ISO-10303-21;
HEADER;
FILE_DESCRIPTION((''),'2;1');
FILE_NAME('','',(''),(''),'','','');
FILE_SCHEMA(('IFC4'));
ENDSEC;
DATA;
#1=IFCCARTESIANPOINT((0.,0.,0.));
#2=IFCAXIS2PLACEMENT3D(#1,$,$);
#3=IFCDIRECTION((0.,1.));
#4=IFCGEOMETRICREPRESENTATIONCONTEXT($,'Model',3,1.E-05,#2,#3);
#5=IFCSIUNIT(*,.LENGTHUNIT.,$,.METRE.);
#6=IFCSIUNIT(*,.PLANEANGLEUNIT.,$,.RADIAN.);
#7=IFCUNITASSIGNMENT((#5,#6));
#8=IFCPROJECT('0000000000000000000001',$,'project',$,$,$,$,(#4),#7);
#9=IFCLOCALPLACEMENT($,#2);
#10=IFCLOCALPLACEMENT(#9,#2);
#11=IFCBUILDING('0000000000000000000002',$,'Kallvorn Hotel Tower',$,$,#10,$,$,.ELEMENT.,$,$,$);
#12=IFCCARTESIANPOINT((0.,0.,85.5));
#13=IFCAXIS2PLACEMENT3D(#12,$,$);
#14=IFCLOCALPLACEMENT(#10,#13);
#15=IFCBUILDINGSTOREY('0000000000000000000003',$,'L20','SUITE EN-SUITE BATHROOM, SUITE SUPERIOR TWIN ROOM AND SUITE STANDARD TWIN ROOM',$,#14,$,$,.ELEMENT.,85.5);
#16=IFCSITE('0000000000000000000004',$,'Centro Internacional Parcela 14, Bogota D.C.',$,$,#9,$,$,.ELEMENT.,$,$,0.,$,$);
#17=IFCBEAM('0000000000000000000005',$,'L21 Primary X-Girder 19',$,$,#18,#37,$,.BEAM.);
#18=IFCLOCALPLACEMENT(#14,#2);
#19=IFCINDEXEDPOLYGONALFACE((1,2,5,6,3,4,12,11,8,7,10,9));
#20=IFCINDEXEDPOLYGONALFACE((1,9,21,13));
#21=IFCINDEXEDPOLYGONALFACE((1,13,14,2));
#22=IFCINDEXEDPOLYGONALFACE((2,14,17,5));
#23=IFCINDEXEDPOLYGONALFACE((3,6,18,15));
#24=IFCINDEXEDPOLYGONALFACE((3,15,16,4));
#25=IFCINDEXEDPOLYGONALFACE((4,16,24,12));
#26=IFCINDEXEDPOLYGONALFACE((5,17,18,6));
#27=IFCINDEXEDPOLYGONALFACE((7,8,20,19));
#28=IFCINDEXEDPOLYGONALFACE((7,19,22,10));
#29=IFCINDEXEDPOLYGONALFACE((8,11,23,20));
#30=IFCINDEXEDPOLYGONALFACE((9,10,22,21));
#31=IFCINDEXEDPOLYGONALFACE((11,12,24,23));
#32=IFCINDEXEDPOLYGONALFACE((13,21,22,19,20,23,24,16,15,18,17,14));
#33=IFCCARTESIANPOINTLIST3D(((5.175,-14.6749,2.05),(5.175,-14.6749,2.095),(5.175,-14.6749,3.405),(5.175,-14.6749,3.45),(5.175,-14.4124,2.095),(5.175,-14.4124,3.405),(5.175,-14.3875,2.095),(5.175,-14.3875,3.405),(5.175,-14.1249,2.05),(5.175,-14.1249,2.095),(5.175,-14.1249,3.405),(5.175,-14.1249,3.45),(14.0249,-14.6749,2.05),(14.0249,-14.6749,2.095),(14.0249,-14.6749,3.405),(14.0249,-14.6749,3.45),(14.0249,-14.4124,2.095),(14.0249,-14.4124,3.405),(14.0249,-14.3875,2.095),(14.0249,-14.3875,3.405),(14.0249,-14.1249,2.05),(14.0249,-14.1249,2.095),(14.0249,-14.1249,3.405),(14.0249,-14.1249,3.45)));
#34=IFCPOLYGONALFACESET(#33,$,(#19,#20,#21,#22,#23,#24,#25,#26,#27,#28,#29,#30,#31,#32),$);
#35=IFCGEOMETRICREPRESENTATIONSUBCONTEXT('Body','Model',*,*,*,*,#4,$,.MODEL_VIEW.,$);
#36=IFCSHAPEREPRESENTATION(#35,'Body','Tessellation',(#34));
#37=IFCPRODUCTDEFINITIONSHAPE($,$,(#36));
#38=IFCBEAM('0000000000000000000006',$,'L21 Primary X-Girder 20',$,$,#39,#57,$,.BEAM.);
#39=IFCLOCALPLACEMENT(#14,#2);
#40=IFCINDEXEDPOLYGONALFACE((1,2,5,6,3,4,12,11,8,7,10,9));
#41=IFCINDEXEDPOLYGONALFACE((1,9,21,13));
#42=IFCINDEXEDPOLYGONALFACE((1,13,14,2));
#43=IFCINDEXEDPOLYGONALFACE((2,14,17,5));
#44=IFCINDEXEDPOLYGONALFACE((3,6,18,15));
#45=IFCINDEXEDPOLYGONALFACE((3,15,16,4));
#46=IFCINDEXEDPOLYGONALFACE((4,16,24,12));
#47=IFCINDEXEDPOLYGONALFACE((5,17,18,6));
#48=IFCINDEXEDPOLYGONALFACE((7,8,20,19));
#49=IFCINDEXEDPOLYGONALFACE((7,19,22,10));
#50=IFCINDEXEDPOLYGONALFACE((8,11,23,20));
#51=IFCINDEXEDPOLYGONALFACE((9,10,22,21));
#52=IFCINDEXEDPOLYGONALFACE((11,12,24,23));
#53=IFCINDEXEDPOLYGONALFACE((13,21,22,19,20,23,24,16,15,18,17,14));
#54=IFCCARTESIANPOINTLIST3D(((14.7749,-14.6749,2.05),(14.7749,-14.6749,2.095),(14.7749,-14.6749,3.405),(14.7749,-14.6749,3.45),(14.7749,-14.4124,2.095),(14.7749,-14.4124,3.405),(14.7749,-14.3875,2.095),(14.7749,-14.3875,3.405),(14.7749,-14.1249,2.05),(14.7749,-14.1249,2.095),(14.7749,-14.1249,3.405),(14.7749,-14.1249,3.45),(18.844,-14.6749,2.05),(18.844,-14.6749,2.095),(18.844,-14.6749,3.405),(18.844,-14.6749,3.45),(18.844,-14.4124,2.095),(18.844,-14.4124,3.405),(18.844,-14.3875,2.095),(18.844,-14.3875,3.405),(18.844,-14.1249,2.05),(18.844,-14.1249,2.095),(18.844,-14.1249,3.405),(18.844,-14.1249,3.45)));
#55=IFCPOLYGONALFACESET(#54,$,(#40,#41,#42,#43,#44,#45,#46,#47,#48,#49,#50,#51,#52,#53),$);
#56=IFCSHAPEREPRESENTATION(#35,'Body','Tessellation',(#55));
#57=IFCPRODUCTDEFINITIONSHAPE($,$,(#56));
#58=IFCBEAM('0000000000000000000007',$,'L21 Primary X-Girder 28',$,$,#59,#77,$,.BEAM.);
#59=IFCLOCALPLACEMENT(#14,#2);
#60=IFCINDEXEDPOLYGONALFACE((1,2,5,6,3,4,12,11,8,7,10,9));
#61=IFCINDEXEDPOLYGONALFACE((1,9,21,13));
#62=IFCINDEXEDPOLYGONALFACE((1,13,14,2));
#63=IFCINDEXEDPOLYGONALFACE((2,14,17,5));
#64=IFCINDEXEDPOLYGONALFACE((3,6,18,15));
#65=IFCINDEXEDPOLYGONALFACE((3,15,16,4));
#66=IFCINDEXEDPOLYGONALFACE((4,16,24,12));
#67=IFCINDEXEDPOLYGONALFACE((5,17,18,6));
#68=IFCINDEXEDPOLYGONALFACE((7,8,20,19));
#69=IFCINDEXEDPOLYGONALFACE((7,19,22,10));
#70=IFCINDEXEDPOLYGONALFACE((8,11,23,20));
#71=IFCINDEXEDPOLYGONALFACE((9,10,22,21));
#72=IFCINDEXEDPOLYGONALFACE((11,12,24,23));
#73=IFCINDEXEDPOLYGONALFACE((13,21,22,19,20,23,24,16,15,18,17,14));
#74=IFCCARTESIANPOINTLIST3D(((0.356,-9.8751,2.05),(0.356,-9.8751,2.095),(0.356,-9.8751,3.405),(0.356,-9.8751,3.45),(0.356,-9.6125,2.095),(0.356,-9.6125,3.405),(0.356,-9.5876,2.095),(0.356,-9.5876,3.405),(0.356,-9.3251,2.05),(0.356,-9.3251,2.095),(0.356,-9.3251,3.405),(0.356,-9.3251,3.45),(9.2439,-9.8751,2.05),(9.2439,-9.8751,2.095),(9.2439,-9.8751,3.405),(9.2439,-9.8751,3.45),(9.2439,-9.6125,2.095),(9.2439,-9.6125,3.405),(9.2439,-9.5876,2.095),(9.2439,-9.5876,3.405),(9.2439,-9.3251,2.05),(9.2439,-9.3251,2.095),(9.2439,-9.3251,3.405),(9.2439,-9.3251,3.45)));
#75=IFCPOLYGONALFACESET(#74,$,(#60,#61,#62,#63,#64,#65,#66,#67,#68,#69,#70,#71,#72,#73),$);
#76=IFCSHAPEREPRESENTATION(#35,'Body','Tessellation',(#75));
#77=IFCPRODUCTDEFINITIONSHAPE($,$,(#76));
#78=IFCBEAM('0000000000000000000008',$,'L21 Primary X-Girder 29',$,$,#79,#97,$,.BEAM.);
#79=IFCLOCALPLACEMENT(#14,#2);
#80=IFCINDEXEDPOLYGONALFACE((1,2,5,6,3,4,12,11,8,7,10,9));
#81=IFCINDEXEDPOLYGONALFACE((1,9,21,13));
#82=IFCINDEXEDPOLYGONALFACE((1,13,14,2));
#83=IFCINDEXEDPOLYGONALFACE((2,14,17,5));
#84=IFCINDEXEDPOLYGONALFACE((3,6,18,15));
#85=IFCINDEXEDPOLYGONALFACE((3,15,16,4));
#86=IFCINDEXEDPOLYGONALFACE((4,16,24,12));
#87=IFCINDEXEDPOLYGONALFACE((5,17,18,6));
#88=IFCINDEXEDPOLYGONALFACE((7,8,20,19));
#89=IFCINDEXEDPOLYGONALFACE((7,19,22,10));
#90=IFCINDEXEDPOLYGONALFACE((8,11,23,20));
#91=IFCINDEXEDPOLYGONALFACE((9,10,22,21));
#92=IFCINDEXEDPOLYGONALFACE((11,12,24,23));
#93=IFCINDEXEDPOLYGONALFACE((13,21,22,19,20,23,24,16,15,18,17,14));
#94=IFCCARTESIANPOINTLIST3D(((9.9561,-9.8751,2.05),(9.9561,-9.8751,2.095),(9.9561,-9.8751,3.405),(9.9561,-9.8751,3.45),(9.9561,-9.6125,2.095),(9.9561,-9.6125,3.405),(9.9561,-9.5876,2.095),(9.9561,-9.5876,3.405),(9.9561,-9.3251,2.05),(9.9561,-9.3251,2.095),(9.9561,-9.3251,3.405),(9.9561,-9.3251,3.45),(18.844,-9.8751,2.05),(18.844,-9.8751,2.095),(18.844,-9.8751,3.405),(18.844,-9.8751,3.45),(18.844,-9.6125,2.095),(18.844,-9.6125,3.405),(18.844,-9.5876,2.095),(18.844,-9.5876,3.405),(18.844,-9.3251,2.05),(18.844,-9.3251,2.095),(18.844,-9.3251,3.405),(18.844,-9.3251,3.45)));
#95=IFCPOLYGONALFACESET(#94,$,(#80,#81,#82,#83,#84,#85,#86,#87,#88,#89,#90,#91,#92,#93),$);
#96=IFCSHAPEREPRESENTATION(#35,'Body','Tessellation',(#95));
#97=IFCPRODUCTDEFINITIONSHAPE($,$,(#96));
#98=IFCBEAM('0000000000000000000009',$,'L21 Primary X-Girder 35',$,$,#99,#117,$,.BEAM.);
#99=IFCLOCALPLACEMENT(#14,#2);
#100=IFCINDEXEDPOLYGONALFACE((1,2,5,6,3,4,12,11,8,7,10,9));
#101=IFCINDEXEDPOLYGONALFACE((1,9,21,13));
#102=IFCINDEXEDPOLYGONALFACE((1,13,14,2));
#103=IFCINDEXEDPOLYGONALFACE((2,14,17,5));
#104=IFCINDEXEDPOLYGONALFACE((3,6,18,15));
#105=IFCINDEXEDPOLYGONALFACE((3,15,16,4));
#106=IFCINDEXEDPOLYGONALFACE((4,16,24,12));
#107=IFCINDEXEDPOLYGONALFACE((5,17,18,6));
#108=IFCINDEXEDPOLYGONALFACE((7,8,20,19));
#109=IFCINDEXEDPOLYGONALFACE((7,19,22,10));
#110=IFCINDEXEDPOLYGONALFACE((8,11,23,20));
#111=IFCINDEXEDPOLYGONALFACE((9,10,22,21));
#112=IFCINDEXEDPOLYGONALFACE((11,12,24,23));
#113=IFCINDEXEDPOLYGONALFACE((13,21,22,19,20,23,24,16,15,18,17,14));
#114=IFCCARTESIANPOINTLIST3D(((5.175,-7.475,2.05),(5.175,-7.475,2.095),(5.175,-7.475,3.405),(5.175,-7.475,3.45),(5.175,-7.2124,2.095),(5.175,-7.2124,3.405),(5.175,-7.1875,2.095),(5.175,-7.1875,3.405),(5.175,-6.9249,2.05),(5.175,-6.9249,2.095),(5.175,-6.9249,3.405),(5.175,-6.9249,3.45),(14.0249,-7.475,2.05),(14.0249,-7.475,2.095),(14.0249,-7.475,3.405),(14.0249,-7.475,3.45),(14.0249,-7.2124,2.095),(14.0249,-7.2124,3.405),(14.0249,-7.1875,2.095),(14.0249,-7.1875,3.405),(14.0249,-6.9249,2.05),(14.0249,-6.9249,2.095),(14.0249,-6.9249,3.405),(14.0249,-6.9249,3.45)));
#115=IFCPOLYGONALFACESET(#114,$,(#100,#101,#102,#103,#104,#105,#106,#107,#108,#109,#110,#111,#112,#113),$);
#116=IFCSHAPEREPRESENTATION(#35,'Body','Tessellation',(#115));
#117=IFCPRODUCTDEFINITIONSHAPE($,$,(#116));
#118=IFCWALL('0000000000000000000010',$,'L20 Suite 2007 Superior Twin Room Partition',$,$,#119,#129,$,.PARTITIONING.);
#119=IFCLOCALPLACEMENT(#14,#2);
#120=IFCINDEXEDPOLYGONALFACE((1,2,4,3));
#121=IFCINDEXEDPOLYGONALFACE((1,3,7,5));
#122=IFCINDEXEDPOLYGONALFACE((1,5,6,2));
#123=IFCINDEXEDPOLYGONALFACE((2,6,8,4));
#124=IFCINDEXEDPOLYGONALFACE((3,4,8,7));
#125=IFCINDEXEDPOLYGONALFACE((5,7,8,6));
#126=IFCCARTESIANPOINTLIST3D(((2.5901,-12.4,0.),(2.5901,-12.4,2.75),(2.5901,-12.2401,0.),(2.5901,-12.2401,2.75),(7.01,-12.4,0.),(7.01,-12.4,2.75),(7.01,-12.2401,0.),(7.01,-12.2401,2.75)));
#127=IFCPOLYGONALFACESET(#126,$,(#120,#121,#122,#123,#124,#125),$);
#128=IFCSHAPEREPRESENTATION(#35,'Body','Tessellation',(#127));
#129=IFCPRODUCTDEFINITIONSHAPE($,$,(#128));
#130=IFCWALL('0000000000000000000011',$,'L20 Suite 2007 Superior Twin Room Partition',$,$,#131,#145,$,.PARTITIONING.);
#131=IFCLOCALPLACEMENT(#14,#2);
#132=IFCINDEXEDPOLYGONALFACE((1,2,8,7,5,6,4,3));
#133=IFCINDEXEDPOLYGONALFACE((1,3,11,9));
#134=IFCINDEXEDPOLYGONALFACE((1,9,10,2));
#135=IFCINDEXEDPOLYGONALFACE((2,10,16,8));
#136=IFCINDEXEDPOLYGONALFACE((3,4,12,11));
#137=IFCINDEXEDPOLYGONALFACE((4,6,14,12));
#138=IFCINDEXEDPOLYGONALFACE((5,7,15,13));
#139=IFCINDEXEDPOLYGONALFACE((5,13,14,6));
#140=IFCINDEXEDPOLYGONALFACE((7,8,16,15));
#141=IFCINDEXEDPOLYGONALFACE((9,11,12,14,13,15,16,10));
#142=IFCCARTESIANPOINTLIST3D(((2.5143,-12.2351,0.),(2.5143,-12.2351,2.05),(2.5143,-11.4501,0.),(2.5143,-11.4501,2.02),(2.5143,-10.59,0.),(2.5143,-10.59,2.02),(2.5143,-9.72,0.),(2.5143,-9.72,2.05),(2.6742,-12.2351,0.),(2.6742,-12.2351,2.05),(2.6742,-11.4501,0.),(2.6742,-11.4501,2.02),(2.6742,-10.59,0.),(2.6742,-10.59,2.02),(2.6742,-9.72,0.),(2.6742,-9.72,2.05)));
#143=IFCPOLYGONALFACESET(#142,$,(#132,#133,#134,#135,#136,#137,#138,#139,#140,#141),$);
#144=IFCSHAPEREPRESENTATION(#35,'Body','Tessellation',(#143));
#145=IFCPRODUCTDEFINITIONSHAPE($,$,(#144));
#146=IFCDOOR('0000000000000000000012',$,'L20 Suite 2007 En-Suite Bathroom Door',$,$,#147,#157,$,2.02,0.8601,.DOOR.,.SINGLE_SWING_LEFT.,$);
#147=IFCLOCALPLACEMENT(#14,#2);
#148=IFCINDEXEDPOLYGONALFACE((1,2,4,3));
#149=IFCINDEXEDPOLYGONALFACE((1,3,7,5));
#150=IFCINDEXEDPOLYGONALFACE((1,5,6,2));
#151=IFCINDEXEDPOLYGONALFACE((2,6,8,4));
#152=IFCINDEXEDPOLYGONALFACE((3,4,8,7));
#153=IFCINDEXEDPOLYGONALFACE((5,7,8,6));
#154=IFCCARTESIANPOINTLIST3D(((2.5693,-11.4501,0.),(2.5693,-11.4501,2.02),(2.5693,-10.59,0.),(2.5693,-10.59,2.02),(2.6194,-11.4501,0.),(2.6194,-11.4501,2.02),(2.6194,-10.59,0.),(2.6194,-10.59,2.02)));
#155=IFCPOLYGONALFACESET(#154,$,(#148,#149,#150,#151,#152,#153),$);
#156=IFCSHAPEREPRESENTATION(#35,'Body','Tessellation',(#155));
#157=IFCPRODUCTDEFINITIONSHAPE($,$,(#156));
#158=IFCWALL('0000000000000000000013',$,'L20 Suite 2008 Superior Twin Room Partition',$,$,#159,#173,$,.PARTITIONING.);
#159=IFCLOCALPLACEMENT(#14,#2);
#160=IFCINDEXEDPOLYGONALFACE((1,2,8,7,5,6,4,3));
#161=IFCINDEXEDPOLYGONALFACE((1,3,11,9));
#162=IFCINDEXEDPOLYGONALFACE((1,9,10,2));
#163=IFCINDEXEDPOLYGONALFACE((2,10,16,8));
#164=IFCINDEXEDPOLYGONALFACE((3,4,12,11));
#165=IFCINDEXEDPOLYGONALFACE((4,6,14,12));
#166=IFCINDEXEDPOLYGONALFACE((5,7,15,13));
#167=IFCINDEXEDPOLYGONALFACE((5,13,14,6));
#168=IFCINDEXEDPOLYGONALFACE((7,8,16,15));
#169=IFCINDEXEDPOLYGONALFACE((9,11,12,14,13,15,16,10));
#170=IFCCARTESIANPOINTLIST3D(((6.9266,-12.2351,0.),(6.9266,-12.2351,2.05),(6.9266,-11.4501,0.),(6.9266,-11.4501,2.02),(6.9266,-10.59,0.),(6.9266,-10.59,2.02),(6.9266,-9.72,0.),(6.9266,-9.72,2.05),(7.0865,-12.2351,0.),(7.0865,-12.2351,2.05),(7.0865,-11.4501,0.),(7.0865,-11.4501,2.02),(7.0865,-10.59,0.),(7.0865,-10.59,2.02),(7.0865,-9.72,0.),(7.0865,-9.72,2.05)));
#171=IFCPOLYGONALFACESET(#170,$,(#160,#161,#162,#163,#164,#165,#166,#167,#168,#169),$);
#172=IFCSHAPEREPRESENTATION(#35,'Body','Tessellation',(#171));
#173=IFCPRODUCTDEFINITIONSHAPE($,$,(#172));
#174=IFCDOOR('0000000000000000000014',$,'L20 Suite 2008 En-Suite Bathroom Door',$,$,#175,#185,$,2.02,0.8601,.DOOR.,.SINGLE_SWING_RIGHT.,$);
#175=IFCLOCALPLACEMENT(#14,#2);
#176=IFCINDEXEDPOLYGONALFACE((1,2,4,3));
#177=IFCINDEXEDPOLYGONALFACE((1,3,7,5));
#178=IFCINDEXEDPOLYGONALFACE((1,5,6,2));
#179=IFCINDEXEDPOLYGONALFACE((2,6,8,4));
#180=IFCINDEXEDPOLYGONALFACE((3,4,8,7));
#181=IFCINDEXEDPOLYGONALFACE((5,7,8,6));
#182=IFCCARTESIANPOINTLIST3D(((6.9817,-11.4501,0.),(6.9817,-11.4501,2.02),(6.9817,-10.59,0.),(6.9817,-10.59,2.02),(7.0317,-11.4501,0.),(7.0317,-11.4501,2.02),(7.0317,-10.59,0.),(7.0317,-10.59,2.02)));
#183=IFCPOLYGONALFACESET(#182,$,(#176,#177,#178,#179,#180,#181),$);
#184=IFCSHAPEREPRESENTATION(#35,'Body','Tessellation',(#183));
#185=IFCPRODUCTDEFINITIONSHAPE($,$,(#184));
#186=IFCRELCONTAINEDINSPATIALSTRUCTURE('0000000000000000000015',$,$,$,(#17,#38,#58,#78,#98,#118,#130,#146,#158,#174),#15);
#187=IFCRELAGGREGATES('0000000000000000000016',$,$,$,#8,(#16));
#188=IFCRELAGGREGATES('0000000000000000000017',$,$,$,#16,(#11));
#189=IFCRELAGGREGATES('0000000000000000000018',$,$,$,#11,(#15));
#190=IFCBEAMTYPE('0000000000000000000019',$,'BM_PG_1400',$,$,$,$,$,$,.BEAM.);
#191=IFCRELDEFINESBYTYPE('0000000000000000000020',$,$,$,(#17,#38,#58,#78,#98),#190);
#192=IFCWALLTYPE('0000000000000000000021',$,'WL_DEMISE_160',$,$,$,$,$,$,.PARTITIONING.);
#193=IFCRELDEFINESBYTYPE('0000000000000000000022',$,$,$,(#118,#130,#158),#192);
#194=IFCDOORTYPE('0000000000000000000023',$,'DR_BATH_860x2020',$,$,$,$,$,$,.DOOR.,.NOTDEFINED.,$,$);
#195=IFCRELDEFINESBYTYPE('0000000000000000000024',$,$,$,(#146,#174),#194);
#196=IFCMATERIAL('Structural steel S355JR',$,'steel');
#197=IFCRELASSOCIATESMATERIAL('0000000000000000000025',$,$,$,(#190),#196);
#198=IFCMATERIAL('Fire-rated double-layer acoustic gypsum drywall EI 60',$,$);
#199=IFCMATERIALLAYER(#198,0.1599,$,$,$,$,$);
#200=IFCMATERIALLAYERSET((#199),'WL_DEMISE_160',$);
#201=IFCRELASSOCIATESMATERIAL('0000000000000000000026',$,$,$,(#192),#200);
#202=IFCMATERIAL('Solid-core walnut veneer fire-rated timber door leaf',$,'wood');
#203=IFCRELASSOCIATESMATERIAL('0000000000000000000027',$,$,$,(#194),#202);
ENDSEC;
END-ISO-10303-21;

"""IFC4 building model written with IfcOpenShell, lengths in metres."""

from ifc_helpers import new_model, si_unit, direction, frame, frame_2d, origin, origin_2d, place, context, subcontext, project, spatial, rectangle, i_section, extrude, material, layer, layer_set, material_profile, profile_set, type_object, element, fill, save


model = new_model("IFC4")

# Units and contexts
model_context = context("Model", 3, precision=1e-05, world=origin(), true_north=direction((0.0, 1.0)))
body_context = subcontext(model_context, "Body", "Model", "MODEL_VIEW")
ifc_project = project(units=[si_unit("LENGTHUNIT", "METRE"), si_unit("PLANEANGLEUNIT", "RADIAN")], contexts=[model_context])

# Site, building, storey
site_placement = place(None, origin())
site = spatial("IfcSite", under=ifc_project, at=site_placement, Name="Centro Internacional Parcela 14, Bogota D.C.", CompositionType="ELEMENT", RefElevation=0.0)
building_placement = place(site_placement, origin())
building = spatial("IfcBuilding", under=site, at=building_placement, Name="Kallvorn Hotel Tower", CompositionType="ELEMENT")
storey_placement = place(building_placement, frame((0.0, 0.0, 85.5)))
storey = spatial("IfcBuildingStorey", under=building, at=storey_placement, Name="L20", Description="SUITE EN-SUITE BATHROOM, SUITE SUPERIOR TWIN ROOM AND SUITE STANDARD TWIN ROOM", CompositionType="ELEMENT", Elevation=85.5)

# Beams
ifc_material_1 = material(Name="Structural steel S355JR", Category="steel")
ifc_material_profile_1 = material_profile(ifc_material_1, i_section(OverallWidth=0.55, OverallDepth=1.3999, WebThickness=0.0249, FlangeThickness=0.0449, at=origin_2d()), Name="PG 1400x550x25x45")
ifc_profile_set_1 = profile_set([ifc_material_profile_1], Name="Structural steel S355JR")
beam_type_1 = type_object("IfcBeamType", Name="BM_PG_1400", PredefinedType="BEAM", material=ifc_profile_set_1)
beam_1_placement = place(storey_placement, frame((5.175, -14.3999, 2.75), z_axis=(1.0, 0.0, 0.0), x_axis=(0.0, 1.0, 0.0)))
element("IfcBeam", 1, at=beam_1_placement, inside=storey, type_object=beam_type_1, Name="L21 Primary X-Girder 19", PredefinedType="BEAM", context=body_context, shape_type="SweptSolid", body=[
    extrude(i_section(OverallWidth=0.55, OverallDepth=1.3999, WebThickness=0.0249, FlangeThickness=0.0449, at=origin_2d()), origin(), (0.0, 0.0, 1.0), 8.8499),
])
beam_2_placement = place(storey_placement, frame((14.7749, -14.3999, 2.75), z_axis=(1.0, 0.0, 0.0), x_axis=(0.0, 1.0, 0.0)))
element("IfcBeam", 2, at=beam_2_placement, inside=storey, type_object=beam_type_1, Name="L21 Primary X-Girder 20", PredefinedType="BEAM", context=body_context, shape_type="SweptSolid", body=[
    extrude(i_section(OverallWidth=0.55, OverallDepth=1.3999, WebThickness=0.0249, FlangeThickness=0.0449, at=origin_2d()), origin(), (0.0, 0.0, 1.0), 4.0691),
])
for number, where, z_axis, x_axis, name in (
    (3, (0.356, -9.6001, 2.75), (1.0, 0.0, 0.0), (0.0, 1.0, 0.0), "L21 Primary X-Girder 28"),
    (4, (9.9561, -9.6001, 2.75), (1.0, 0.0, 0.0), (0.0, 1.0, 0.0), "L21 Primary X-Girder 29"),
):
    element("IfcBeam", number, at=place(storey_placement, frame(where, z_axis=z_axis, x_axis=x_axis)), inside=storey, type_object=beam_type_1, Name=name, PredefinedType="BEAM", context=body_context, shape_type="SweptSolid", body=[
        extrude(i_section(OverallWidth=0.55, OverallDepth=1.3999, WebThickness=0.0249, FlangeThickness=0.0449, at=origin_2d()), origin(), (0.0, 0.0, 1.0), 8.8879),
    ])
beam_3_placement = place(storey_placement, frame((5.175, -7.2, 2.75), z_axis=(1.0, 0.0, 0.0), x_axis=(0.0, 1.0, 0.0)))
element("IfcBeam", 5, at=beam_3_placement, inside=storey, type_object=beam_type_1, Name="L21 Primary X-Girder 35", PredefinedType="BEAM", context=body_context, shape_type="SweptSolid", body=[
    extrude(i_section(OverallWidth=0.55, OverallDepth=1.3999, WebThickness=0.0249, FlangeThickness=0.0449, at=origin_2d()), origin(), (0.0, 0.0, 1.0), 8.8499),
])

# Wall
ifc_material_2 = material(Name="Fire-rated double-layer acoustic gypsum drywall EI 60")
ifc_layer = layer(ifc_material_2, 0.1599)
ifc_layer_set = layer_set([ifc_layer], Name="WL_DEMISE_160")
wall_type = type_object("IfcWallType", Name="WL_DEMISE_160", PredefinedType="PARTITIONING", material=ifc_layer_set)
wall_1_placement = place(storey_placement, frame((2.5901, -12.3201, 0.0), z_axis=(0.0, 0.0, 1.0), x_axis=(1.0, 0.0, 0.0)))
element("IfcWall", 6, at=wall_1_placement, inside=storey, type_object=wall_type, Name="L20 Suite 2007 Superior Twin Room Partition", PredefinedType="PARTITIONING", context=body_context, shape_type="SweptSolid", body=[
    extrude(rectangle(XDim=4.4199, YDim=0.1599, at=frame_2d((2.21, 0.0))), origin(), (0.0, 0.0, 1.0), 2.75),
])

# Walls, openings, doors
wall_2_placement = place(storey_placement, frame((2.5942, -12.2351, 0.0), z_axis=(0.0, 0.0, 1.0), x_axis=(0.0, 1.0, 0.0)))
wall_2 = element("IfcWall", 7, at=wall_2_placement, inside=storey, type_object=wall_type, Name="L20 Suite 2007 Superior Twin Room Partition", PredefinedType="PARTITIONING", context=body_context, shape_type="SweptSolid", body=[
    extrude(rectangle(XDim=2.5151, YDim=0.1599, at=frame_2d((1.2576, 0.0))), origin(), (0.0, 0.0, 1.0), 2.05),
])
opening_1_placement = place(wall_2_placement, frame((0.7849, 0.0, 0.0)))
opening_1 = element("IfcOpeningElement", 8, at=opening_1_placement, cuts=wall_2, PredefinedType="OPENING", context=body_context, shape_type="SweptSolid", body=[
    extrude(rectangle(XDim=0.8601, YDim=2.02, at=frame_2d((0.4302, 1.01))), frame((0.0, 0.095, 0.0), z_axis=(0.0, -1.0, 0.0), x_axis=(1.0, 0.0, 0.0)), (0.0, 0.0, 1.0), 0.1899),
])
ifc_material_3 = material(Name="Solid-core walnut veneer fire-rated timber door leaf", Category="wood")
door_type = type_object("IfcDoorType", Name="DR_BATH_860x2020", OperationType="NOTDEFINED", PredefinedType="DOOR", material=ifc_material_3)
door_1_placement = place(opening_1_placement, origin())
door_1 = element("IfcDoor", 9, at=door_1_placement, inside=storey, type_object=door_type, Name="L20 Suite 2007 En-Suite Bathroom Door", OperationType="SINGLE_SWING_LEFT", OverallHeight=2.02, OverallWidth=0.8601, PredefinedType="DOOR", context=body_context, shape_type="SweptSolid", body=[
    extrude(rectangle(XDim=0.8601, YDim=2.02, at=frame_2d((0.4302, 1.01))), frame((0.0, 0.0249, 0.0), z_axis=(0.0, -1.0, 0.0), x_axis=(1.0, 0.0, 0.0)), (0.0, 0.0, 1.0), 0.05),
])
fill(opening_1, door_1)
wall_3_placement = place(storey_placement, frame((7.0066, -12.2351, 0.0), z_axis=(0.0, 0.0, 1.0), x_axis=(0.0, 1.0, 0.0)))
wall_3 = element("IfcWall", 10, at=wall_3_placement, inside=storey, type_object=wall_type, Name="L20 Suite 2008 Superior Twin Room Partition", PredefinedType="PARTITIONING", context=body_context, shape_type="SweptSolid", body=[
    extrude(rectangle(XDim=2.5151, YDim=0.1599, at=frame_2d((1.2576, 0.0))), origin(), (0.0, 0.0, 1.0), 2.05),
])
opening_2_placement = place(wall_3_placement, frame((0.7849, 0.0, 0.0)))
opening_2 = element("IfcOpeningElement", 11, at=opening_2_placement, cuts=wall_3, PredefinedType="OPENING", context=body_context, shape_type="SweptSolid", body=[
    extrude(rectangle(XDim=0.8601, YDim=2.02, at=frame_2d((0.4302, 1.01))), frame((0.0, 0.095, 0.0), z_axis=(0.0, -1.0, 0.0), x_axis=(1.0, 0.0, 0.0)), (0.0, 0.0, 1.0), 0.1899),
])
door_2_placement = place(opening_2_placement, origin())
door_2 = element("IfcDoor", 12, at=door_2_placement, inside=storey, type_object=door_type, Name="L20 Suite 2008 En-Suite Bathroom Door", OperationType="SINGLE_SWING_RIGHT", OverallHeight=2.02, OverallWidth=0.8601, PredefinedType="DOOR", context=body_context, shape_type="SweptSolid", body=[
    extrude(rectangle(XDim=0.8601, YDim=2.02, at=frame_2d((0.4302, 1.01))), frame((0.0, 0.0249, 0.0), z_axis=(0.0, -1.0, 0.0), x_axis=(1.0, 0.0, 0.0)), (0.0, 0.0, 1.0), 0.05),
])
fill(opening_2, door_2)

save(model, "model.ifc")
